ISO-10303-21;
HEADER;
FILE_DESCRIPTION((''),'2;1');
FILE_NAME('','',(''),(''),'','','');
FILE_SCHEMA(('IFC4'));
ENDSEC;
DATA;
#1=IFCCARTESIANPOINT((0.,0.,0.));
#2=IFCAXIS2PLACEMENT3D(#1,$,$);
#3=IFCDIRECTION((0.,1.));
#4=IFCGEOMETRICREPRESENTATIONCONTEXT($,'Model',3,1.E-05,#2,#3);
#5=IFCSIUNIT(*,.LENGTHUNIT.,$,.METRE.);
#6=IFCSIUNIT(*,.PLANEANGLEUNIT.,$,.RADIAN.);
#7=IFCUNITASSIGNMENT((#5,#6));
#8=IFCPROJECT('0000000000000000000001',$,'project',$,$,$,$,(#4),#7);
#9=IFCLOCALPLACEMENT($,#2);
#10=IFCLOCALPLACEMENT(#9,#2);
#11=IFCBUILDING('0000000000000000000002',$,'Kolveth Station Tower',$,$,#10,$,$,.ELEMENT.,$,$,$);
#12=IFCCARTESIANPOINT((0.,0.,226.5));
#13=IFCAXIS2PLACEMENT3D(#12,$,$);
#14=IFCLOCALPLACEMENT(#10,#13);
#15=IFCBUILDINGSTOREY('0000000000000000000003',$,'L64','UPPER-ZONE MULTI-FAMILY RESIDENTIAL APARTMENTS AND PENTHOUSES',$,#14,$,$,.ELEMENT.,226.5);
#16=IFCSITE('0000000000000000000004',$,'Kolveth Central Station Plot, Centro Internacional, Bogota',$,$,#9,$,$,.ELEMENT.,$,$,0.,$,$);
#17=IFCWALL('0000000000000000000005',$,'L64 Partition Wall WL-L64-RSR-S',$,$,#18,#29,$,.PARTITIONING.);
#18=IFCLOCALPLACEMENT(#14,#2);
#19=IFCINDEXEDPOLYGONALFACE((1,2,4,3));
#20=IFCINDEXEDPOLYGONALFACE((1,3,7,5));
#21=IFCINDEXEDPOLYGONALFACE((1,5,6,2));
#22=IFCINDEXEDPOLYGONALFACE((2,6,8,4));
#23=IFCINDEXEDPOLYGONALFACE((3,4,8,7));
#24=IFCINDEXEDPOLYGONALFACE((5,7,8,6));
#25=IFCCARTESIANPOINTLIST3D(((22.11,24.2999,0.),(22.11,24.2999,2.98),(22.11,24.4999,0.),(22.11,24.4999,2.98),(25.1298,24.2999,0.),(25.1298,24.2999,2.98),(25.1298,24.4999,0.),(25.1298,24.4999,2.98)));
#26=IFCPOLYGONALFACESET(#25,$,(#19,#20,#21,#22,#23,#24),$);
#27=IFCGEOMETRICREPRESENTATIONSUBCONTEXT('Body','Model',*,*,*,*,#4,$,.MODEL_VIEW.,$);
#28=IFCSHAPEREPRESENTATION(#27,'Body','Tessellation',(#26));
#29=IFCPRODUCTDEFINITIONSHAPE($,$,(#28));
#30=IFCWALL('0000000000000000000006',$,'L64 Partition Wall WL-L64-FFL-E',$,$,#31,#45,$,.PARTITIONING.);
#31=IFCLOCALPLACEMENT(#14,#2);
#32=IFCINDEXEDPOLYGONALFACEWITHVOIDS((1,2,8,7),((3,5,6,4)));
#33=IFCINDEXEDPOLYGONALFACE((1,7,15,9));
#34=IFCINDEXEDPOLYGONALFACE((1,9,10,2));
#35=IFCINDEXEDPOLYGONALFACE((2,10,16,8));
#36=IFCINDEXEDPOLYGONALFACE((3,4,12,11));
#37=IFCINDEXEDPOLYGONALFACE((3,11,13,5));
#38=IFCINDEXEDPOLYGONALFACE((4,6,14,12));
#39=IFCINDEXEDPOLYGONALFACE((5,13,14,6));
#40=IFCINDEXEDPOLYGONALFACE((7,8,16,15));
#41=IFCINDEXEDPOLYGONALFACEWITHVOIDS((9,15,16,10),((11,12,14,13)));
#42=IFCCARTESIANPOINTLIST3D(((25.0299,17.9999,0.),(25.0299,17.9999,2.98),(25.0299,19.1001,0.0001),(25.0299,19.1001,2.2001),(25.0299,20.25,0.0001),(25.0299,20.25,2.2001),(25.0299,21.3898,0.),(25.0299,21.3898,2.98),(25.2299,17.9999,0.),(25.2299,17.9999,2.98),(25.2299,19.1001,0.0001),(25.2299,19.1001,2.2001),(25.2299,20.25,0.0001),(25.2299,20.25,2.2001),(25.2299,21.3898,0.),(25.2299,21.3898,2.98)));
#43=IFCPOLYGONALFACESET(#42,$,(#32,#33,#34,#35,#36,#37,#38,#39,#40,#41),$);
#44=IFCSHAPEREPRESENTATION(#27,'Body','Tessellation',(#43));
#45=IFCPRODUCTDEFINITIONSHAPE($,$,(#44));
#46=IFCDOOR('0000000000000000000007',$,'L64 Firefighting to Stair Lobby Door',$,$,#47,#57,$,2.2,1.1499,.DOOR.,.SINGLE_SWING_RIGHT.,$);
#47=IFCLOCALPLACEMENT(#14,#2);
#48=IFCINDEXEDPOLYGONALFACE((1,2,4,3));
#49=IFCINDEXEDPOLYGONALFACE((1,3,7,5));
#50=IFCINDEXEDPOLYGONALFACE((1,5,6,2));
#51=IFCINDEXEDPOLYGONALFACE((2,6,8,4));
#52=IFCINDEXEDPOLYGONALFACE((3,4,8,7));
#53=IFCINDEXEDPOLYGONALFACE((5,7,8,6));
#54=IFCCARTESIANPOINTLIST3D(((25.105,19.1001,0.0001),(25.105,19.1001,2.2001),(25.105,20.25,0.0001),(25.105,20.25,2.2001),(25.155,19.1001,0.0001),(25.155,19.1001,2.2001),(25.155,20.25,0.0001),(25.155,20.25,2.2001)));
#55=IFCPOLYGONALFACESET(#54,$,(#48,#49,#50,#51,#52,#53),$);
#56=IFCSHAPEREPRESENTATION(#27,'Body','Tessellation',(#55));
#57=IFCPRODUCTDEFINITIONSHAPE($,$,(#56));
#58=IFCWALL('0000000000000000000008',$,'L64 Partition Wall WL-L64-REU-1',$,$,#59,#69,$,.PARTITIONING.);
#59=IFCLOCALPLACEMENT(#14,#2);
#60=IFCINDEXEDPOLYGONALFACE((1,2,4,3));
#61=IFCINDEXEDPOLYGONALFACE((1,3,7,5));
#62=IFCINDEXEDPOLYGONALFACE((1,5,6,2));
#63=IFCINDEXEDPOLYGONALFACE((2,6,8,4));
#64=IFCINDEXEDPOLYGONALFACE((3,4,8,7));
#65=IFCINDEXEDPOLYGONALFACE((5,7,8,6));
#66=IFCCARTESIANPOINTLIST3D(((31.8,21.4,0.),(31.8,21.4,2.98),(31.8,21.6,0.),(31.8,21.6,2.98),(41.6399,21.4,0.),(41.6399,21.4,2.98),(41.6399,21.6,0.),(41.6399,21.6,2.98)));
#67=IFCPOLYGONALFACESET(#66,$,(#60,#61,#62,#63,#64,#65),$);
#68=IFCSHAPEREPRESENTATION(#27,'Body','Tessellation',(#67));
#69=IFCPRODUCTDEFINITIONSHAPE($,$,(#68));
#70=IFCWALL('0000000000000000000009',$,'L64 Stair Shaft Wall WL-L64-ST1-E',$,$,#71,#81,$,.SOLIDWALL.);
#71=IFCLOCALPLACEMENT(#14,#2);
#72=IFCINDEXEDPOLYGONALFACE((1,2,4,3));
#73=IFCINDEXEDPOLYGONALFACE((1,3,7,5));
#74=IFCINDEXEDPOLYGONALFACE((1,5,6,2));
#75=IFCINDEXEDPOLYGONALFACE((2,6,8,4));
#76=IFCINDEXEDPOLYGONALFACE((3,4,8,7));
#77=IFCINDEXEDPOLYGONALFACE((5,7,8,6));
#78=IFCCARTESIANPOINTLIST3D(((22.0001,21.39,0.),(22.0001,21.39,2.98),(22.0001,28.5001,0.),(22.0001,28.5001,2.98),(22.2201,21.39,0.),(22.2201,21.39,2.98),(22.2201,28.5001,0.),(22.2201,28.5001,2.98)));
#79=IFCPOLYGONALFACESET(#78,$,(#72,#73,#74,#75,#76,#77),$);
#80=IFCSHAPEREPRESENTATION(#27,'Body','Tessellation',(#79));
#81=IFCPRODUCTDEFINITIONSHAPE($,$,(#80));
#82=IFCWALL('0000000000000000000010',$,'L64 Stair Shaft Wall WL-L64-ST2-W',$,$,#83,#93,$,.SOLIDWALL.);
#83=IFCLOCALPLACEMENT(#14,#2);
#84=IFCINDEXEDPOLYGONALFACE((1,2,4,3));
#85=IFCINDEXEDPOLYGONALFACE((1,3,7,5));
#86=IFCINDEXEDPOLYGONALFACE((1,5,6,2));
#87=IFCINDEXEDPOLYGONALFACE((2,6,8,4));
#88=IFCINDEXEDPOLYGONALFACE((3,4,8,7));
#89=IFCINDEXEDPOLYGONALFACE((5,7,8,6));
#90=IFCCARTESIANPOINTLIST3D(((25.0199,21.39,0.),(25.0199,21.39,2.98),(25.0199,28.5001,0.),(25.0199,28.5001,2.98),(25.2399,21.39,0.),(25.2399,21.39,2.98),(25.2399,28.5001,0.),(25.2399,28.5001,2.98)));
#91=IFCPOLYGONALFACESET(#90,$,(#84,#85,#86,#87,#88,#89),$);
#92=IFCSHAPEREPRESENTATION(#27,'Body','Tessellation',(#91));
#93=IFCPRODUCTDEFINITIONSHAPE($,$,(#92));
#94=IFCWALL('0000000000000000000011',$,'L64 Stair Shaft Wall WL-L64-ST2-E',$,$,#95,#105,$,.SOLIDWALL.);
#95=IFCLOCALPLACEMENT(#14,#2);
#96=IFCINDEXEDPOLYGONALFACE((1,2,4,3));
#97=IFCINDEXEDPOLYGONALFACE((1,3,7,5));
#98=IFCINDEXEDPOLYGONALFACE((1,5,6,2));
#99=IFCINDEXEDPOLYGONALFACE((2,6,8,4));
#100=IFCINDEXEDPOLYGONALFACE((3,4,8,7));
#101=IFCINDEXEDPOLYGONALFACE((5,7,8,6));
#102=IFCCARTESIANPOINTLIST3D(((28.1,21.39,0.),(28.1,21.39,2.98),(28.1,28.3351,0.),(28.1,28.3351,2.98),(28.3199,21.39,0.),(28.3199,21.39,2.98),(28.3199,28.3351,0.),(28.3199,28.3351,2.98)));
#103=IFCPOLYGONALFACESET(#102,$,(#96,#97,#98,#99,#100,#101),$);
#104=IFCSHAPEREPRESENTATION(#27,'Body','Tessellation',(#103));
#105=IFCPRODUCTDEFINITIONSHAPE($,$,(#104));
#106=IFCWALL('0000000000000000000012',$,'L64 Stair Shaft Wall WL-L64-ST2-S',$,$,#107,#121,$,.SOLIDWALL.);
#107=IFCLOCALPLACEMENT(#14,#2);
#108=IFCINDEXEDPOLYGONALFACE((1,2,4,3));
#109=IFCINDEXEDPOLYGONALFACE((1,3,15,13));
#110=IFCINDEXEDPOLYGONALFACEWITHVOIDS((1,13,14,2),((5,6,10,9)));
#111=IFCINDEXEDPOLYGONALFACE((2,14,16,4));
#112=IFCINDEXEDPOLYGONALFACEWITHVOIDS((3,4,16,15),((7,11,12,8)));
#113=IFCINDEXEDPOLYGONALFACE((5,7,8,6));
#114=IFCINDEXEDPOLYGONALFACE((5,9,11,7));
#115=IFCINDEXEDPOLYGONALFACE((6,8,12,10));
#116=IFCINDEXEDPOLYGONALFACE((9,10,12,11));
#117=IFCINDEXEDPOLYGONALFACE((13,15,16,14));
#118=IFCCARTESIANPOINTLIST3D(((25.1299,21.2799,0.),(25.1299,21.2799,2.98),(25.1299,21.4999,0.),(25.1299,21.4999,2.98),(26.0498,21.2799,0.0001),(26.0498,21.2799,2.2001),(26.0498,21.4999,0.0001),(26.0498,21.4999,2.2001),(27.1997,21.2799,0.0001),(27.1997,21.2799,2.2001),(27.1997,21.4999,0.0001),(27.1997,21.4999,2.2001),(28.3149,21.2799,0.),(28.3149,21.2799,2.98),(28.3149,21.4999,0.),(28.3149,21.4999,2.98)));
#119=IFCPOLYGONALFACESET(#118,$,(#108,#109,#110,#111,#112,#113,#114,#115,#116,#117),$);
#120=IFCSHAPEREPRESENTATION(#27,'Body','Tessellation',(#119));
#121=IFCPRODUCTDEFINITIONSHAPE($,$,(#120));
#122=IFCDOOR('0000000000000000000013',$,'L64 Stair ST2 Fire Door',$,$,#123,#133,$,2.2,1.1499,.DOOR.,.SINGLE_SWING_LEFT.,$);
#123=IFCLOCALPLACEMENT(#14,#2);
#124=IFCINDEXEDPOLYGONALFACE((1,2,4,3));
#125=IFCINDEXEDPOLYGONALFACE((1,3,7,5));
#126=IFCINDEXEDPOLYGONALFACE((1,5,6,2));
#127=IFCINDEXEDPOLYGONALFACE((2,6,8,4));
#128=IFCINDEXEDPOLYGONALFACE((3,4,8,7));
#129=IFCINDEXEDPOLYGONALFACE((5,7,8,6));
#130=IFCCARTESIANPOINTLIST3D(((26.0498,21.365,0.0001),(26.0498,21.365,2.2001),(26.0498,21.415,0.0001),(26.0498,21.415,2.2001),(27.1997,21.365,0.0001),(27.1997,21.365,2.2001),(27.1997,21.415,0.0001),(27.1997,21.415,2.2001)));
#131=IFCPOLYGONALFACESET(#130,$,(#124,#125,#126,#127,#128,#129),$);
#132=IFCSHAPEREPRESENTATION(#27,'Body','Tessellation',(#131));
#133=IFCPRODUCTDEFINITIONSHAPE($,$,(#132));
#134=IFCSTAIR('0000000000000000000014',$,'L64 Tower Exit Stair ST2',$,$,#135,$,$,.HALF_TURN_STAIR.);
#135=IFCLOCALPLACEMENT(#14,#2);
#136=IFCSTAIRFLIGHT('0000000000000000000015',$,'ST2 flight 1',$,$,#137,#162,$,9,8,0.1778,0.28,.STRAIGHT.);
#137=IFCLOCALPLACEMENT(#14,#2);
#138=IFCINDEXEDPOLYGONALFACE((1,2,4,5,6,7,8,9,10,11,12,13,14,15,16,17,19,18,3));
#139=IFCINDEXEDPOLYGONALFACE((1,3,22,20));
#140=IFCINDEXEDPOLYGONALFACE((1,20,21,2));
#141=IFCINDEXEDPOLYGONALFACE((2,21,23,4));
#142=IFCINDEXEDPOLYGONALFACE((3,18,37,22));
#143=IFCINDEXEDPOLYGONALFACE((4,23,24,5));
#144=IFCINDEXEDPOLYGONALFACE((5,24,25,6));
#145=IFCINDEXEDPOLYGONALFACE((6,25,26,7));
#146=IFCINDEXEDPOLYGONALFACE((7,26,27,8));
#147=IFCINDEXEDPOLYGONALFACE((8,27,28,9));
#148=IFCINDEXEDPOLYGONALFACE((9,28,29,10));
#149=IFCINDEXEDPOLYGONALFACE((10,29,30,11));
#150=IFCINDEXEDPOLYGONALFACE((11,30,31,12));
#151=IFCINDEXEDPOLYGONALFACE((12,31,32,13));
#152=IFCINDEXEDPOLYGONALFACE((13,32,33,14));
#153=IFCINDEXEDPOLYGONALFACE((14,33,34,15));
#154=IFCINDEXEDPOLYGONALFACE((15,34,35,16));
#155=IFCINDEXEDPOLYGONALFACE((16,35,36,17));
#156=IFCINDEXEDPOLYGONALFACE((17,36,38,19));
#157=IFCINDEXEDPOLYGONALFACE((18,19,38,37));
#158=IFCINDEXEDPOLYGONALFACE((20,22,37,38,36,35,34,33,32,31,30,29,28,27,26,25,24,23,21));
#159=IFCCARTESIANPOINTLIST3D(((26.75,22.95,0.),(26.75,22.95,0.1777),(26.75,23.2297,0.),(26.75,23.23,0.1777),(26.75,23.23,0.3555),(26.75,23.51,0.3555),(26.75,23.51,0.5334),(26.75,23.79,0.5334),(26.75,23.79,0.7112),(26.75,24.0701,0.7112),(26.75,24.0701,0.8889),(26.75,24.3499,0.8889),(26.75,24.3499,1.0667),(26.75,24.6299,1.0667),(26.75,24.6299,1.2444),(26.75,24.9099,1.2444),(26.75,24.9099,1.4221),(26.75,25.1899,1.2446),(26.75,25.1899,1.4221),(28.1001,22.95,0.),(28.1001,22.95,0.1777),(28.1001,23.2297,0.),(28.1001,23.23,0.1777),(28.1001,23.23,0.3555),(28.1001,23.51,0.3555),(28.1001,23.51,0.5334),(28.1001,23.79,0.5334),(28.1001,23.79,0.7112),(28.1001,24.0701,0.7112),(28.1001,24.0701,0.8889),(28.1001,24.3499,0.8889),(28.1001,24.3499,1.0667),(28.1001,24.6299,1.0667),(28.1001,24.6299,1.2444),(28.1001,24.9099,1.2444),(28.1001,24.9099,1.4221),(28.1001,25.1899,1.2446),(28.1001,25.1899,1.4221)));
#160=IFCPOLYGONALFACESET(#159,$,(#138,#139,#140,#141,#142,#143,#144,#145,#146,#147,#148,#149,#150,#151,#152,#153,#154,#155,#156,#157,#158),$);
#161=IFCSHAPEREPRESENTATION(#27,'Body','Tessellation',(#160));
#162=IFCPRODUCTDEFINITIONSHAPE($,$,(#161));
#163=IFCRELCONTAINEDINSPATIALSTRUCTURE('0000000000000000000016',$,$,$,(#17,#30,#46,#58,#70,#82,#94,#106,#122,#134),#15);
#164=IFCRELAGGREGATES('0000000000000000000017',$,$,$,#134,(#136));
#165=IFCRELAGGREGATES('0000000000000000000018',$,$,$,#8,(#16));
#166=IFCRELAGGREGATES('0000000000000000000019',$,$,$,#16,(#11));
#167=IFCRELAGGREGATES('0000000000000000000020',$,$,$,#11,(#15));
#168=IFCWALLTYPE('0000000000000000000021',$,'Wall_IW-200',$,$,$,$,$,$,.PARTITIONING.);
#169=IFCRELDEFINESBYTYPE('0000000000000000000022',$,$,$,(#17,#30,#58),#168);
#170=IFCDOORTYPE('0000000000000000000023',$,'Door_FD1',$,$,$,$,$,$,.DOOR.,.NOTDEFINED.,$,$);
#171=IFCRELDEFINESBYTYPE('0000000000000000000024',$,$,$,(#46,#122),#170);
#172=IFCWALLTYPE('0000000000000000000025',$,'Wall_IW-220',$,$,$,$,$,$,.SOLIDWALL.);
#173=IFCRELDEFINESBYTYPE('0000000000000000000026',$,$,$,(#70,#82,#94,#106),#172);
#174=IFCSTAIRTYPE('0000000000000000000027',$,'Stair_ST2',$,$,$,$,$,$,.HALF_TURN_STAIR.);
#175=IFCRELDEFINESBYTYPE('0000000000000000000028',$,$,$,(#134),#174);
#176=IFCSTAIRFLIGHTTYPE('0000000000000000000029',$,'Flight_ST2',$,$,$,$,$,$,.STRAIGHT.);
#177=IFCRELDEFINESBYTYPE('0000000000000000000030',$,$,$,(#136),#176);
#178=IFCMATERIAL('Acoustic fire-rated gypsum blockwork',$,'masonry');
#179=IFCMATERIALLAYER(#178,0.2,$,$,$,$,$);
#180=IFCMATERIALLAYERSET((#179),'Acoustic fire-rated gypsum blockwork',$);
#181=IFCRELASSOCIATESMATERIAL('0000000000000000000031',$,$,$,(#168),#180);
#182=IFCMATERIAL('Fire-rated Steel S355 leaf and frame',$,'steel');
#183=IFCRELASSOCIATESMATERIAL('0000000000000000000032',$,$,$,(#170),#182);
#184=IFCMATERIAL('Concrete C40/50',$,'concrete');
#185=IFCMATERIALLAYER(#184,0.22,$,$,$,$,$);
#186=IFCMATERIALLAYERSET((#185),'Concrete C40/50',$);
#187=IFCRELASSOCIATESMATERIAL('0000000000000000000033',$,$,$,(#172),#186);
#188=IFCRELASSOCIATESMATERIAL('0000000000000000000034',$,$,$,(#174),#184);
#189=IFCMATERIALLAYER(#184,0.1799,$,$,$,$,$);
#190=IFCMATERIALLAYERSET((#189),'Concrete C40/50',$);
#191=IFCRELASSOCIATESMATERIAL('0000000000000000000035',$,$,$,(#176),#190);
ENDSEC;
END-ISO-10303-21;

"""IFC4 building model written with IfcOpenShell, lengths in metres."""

from ifc_helpers import new_model, si_unit, direction, frame, frame_2d, origin, place, context, subcontext, project, spatial, polyline, rectangle, outline, extrude, material, layer, layer_set, type_object, element, fill, aggregate, save


model = new_model("IFC4")

# Units and contexts
model_context = context("Model", 3, precision=1e-05, world=origin(), true_north=direction((0.0, 1.0)))
body_context = subcontext(model_context, "Body", "Model", "MODEL_VIEW")
ifc_project = project(units=[si_unit("LENGTHUNIT", "METRE"), si_unit("PLANEANGLEUNIT", "RADIAN")], contexts=[model_context])

# Site, building, storey
site_placement = place(None, origin())
site = spatial("IfcSite", under=ifc_project, at=site_placement, Name="Kolveth Central Station Plot, Centro Internacional, Bogota", CompositionType="ELEMENT", RefElevation=0.0)
building_placement = place(site_placement, origin())
building = spatial("IfcBuilding", under=site, at=building_placement, Name="Kolveth Station Tower", CompositionType="ELEMENT")
storey_placement = place(building_placement, frame((0.0, 0.0, 226.5)))
storey = spatial("IfcBuildingStorey", under=building, at=storey_placement, Name="L64", Description="UPPER-ZONE MULTI-FAMILY RESIDENTIAL APARTMENTS AND PENTHOUSES", CompositionType="ELEMENT", Elevation=226.5)

# Wall
ifc_material_1 = material(Name="Acoustic fire-rated gypsum blockwork", Category="masonry")
ifc_layer_1 = layer(ifc_material_1, 0.2)
ifc_layer_set_1 = layer_set([ifc_layer_1], Name="Acoustic fire-rated gypsum blockwork")
wall_type_1 = type_object("IfcWallType", Name="Wall_IW-200", PredefinedType="PARTITIONING", material=ifc_layer_set_1)
wall_1_placement = place(storey_placement, frame((22.1101, 24.3999, 0.0), z_axis=(0.0, 0.0, 1.0), x_axis=(1.0, 0.0, 0.0)))
element("IfcWall", 1, at=wall_1_placement, inside=storey, type_object=wall_type_1, Name="L64 Partition Wall WL-L64-RSR-S", PredefinedType="PARTITIONING", context=body_context, shape_type="SweptSolid", body=[
    extrude(rectangle(XDim=3.0198, YDim=0.2, at=frame_2d((1.5098, 0.0))), origin(), (0.0, 0.0, 1.0), 2.98),
])

# Wall, opening, door
wall_2_placement = place(storey_placement, frame((25.1299, 18.0, 0.0), z_axis=(0.0, 0.0, 1.0), x_axis=(0.0, 1.0, 0.0)))
wall_2 = element("IfcWall", 2, at=wall_2_placement, inside=storey, type_object=wall_type_1, Name="L64 Partition Wall WL-L64-FFL-E", PredefinedType="PARTITIONING", context=body_context, shape_type="SweptSolid", body=[
    extrude(rectangle(XDim=3.3899, YDim=0.2, at=frame_2d((1.6948, 0.0))), origin(), (0.0, 0.0, 1.0), 2.98),
])
opening_1_placement = place(wall_2_placement, frame((1.1001, 0.0, 0.0)))
opening_1 = element("IfcOpeningElement", 3, at=opening_1_placement, cuts=wall_2, PredefinedType="OPENING", context=body_context, shape_type="SweptSolid", body=[
    extrude(rectangle(XDim=1.1499, YDim=2.2, at=frame_2d((0.575, 1.1001))), frame((0.0, 0.1099, 0.0), z_axis=(0.0, -1.0, 0.0), x_axis=(1.0, 0.0, 0.0)), (0.0, 0.0, 1.0), 0.22),
])
ifc_material_2 = material(Name="Fire-rated Steel S355 leaf and frame", Category="steel")
door_type = type_object("IfcDoorType", Name="Door_FD1", OperationType="NOTDEFINED", PredefinedType="DOOR", material=ifc_material_2)
door_1_placement = place(opening_1_placement, origin())
door_1 = element("IfcDoor", 4, at=door_1_placement, inside=storey, type_object=door_type, Name="L64 Firefighting to Stair Lobby Door", OperationType="SINGLE_SWING_RIGHT", OverallHeight=2.2, OverallWidth=1.1499, PredefinedType="DOOR", context=body_context, shape_type="SweptSolid", body=[
    extrude(rectangle(XDim=1.1499, YDim=2.2, at=frame_2d((0.575, 1.1001))), frame((0.0, 0.0249, 0.0), z_axis=(0.0, -1.0, 0.0), x_axis=(1.0, 0.0, 0.0)), (0.0, 0.0, 1.0), 0.05),
])
fill(opening_1, door_1)

# Walls
wall_3_placement = place(storey_placement, frame((31.8, 21.5, 0.0), z_axis=(0.0, 0.0, 1.0), x_axis=(1.0, 0.0, 0.0)))
element("IfcWall", 5, at=wall_3_placement, inside=storey, type_object=wall_type_1, Name="L64 Partition Wall WL-L64-REU-1", PredefinedType="PARTITIONING", context=body_context, shape_type="SweptSolid", body=[
    extrude(rectangle(XDim=9.8398, YDim=0.2, at=frame_2d((4.9199, 0.0))), origin(), (0.0, 0.0, 1.0), 2.98),
])
ifc_material_3 = material(Name="Concrete C40/50", Category="concrete")
ifc_layer_2 = layer(ifc_material_3, 0.22)
ifc_layer_set_2 = layer_set([ifc_layer_2], Name="Concrete C40/50")
wall_type_2 = type_object("IfcWallType", Name="Wall_IW-220", PredefinedType="SOLIDWALL", material=ifc_layer_set_2)
for number, where, z_axis, x_axis, name in (
    (6, (22.1101, 21.3899, 0.0), (0.0, 0.0, 1.0), (0.0, 1.0, 0.0), "L64 Stair Shaft Wall WL-L64-ST1-E"),
    (7, (25.1299, 21.3899, 0.0), (0.0, 0.0, 1.0), (0.0, 1.0, 0.0), "L64 Stair Shaft Wall WL-L64-ST2-W"),
):
    element("IfcWall", number, at=place(storey_placement, frame(where, z_axis=z_axis, x_axis=x_axis)), inside=storey, type_object=wall_type_2, Name=name, PredefinedType="SOLIDWALL", context=body_context, shape_type="SweptSolid", body=[
        extrude(rectangle(XDim=7.1101, YDim=0.22, at=frame_2d((3.5552, 0.0))), origin(), (0.0, 0.0, 1.0), 2.98),
    ])
wall_4_placement = place(storey_placement, frame((28.21, 21.3899, 0.0), z_axis=(0.0, 0.0, 1.0), x_axis=(0.0, 1.0, 0.0)))
element("IfcWall", 8, at=wall_4_placement, inside=storey, type_object=wall_type_2, Name="L64 Stair Shaft Wall WL-L64-ST2-E", PredefinedType="SOLIDWALL", context=body_context, shape_type="SweptSolid", body=[
    extrude(rectangle(XDim=6.9451, YDim=0.22, at=frame_2d((3.4727, 0.0))), origin(), (0.0, 0.0, 1.0), 2.98),
])

# Wall, opening, door
wall_5_placement = place(storey_placement, frame((25.1299, 21.3899, 0.0), z_axis=(0.0, 0.0, 1.0), x_axis=(1.0, 0.0, 0.0)))
wall_5 = element("IfcWall", 9, at=wall_5_placement, inside=storey, type_object=wall_type_2, Name="L64 Stair Shaft Wall WL-L64-ST2-S", PredefinedType="SOLIDWALL", context=body_context, shape_type="SweptSolid", body=[
    extrude(rectangle(XDim=3.1851, YDim=0.22, at=frame_2d((1.5925, 0.0))), origin(), (0.0, 0.0, 1.0), 2.98),
])
opening_2_placement = place(wall_5_placement, frame((0.9199, 0.0, 0.0)))
opening_2 = element("IfcOpeningElement", 10, at=opening_2_placement, cuts=wall_5, PredefinedType="OPENING", context=body_context, shape_type="SweptSolid", body=[
    extrude(rectangle(XDim=1.1499, YDim=2.2, at=frame_2d((0.575, 1.1001))), frame((0.0, 0.1199, 0.0), z_axis=(0.0, -1.0, 0.0), x_axis=(1.0, 0.0, 0.0)), (0.0, 0.0, 1.0), 0.24),
])
door_2_placement = place(opening_2_placement, frame((1.1499, 0.0, 0.0), z_axis=(0.0, 0.0, 1.0), x_axis=(-1.0, 0.0, 0.0)))
door_2 = element("IfcDoor", 11, at=door_2_placement, inside=storey, type_object=door_type, Name="L64 Stair ST2 Fire Door", OperationType="SINGLE_SWING_LEFT", OverallHeight=2.2, OverallWidth=1.1499, PredefinedType="DOOR", context=body_context, shape_type="SweptSolid", body=[
    extrude(rectangle(XDim=1.1499, YDim=2.2, at=frame_2d((0.575, 1.1001))), frame((0.0, 0.0249, 0.0), z_axis=(0.0, -1.0, 0.0), x_axis=(1.0, 0.0, 0.0)), (0.0, 0.0, 1.0), 0.05),
])
fill(opening_2, door_2)

# Stair, stair flight
stair_type = type_object("IfcStairType", Name="Stair_ST2", PredefinedType="HALF_TURN_STAIR", material=ifc_material_3)
stair_placement = place(storey_placement, origin())
stair = element("IfcStair", 12, at=stair_placement, inside=storey, type_object=stair_type, Name="L64 Tower Exit Stair ST2", PredefinedType="HALF_TURN_STAIR")
ifc_layer_3 = layer(ifc_material_3, 0.1799)
ifc_layer_set_3 = layer_set([ifc_layer_3], Name="Concrete C40/50")
stair_flight_type = type_object("IfcStairFlightType", Name="Flight_ST2", PredefinedType="STRAIGHT", material=ifc_layer_set_3)
stair_flight_1_placement = place(storey_placement, frame((27.425, 22.95, 0.0), z_axis=(0.0, 0.0, 1.0), x_axis=(0.0, 1.0, 0.0)))
stair_flight_1 = element("IfcStairFlight", 13, at=stair_flight_1_placement, type_object=stair_flight_type, Name="ST2 flight 1", NumberOfRisers=9, NumberOfTreads=8, PredefinedType="STRAIGHT", RiserHeight=0.1778, TreadLength=0.28, context=body_context, shape_type="SweptSolid", body=[
    extrude(outline(polyline([(0.0, 0.0), (0.0, 0.1777), (0.28, 0.1777), (0.28, 0.3555), (0.5601, 0.3555), (0.5601, 0.5334), (0.8401, 0.5334), (0.8401, 0.7112), (1.1201, 0.7112), (1.1201, 0.8889), (1.3999, 0.8889), (1.3999, 1.0667), (1.6799, 1.0667), (1.6799, 1.2444), (1.96, 1.2444), (1.96, 1.4221), (2.24, 1.4221), (2.24, 1.6001), (2.24, 1.2446), (0.2798, 0.0), (0.0, 0.0)])), frame((0.0, 0.675, 0.0), z_axis=(0.0, -1.0, 0.0), x_axis=(1.0, 0.0, 0.0)), (0.0, 0.0, 1.0), 1.3501),
])
aggregate(stair, [stair_flight_1])

save(model, "model.ifc")
